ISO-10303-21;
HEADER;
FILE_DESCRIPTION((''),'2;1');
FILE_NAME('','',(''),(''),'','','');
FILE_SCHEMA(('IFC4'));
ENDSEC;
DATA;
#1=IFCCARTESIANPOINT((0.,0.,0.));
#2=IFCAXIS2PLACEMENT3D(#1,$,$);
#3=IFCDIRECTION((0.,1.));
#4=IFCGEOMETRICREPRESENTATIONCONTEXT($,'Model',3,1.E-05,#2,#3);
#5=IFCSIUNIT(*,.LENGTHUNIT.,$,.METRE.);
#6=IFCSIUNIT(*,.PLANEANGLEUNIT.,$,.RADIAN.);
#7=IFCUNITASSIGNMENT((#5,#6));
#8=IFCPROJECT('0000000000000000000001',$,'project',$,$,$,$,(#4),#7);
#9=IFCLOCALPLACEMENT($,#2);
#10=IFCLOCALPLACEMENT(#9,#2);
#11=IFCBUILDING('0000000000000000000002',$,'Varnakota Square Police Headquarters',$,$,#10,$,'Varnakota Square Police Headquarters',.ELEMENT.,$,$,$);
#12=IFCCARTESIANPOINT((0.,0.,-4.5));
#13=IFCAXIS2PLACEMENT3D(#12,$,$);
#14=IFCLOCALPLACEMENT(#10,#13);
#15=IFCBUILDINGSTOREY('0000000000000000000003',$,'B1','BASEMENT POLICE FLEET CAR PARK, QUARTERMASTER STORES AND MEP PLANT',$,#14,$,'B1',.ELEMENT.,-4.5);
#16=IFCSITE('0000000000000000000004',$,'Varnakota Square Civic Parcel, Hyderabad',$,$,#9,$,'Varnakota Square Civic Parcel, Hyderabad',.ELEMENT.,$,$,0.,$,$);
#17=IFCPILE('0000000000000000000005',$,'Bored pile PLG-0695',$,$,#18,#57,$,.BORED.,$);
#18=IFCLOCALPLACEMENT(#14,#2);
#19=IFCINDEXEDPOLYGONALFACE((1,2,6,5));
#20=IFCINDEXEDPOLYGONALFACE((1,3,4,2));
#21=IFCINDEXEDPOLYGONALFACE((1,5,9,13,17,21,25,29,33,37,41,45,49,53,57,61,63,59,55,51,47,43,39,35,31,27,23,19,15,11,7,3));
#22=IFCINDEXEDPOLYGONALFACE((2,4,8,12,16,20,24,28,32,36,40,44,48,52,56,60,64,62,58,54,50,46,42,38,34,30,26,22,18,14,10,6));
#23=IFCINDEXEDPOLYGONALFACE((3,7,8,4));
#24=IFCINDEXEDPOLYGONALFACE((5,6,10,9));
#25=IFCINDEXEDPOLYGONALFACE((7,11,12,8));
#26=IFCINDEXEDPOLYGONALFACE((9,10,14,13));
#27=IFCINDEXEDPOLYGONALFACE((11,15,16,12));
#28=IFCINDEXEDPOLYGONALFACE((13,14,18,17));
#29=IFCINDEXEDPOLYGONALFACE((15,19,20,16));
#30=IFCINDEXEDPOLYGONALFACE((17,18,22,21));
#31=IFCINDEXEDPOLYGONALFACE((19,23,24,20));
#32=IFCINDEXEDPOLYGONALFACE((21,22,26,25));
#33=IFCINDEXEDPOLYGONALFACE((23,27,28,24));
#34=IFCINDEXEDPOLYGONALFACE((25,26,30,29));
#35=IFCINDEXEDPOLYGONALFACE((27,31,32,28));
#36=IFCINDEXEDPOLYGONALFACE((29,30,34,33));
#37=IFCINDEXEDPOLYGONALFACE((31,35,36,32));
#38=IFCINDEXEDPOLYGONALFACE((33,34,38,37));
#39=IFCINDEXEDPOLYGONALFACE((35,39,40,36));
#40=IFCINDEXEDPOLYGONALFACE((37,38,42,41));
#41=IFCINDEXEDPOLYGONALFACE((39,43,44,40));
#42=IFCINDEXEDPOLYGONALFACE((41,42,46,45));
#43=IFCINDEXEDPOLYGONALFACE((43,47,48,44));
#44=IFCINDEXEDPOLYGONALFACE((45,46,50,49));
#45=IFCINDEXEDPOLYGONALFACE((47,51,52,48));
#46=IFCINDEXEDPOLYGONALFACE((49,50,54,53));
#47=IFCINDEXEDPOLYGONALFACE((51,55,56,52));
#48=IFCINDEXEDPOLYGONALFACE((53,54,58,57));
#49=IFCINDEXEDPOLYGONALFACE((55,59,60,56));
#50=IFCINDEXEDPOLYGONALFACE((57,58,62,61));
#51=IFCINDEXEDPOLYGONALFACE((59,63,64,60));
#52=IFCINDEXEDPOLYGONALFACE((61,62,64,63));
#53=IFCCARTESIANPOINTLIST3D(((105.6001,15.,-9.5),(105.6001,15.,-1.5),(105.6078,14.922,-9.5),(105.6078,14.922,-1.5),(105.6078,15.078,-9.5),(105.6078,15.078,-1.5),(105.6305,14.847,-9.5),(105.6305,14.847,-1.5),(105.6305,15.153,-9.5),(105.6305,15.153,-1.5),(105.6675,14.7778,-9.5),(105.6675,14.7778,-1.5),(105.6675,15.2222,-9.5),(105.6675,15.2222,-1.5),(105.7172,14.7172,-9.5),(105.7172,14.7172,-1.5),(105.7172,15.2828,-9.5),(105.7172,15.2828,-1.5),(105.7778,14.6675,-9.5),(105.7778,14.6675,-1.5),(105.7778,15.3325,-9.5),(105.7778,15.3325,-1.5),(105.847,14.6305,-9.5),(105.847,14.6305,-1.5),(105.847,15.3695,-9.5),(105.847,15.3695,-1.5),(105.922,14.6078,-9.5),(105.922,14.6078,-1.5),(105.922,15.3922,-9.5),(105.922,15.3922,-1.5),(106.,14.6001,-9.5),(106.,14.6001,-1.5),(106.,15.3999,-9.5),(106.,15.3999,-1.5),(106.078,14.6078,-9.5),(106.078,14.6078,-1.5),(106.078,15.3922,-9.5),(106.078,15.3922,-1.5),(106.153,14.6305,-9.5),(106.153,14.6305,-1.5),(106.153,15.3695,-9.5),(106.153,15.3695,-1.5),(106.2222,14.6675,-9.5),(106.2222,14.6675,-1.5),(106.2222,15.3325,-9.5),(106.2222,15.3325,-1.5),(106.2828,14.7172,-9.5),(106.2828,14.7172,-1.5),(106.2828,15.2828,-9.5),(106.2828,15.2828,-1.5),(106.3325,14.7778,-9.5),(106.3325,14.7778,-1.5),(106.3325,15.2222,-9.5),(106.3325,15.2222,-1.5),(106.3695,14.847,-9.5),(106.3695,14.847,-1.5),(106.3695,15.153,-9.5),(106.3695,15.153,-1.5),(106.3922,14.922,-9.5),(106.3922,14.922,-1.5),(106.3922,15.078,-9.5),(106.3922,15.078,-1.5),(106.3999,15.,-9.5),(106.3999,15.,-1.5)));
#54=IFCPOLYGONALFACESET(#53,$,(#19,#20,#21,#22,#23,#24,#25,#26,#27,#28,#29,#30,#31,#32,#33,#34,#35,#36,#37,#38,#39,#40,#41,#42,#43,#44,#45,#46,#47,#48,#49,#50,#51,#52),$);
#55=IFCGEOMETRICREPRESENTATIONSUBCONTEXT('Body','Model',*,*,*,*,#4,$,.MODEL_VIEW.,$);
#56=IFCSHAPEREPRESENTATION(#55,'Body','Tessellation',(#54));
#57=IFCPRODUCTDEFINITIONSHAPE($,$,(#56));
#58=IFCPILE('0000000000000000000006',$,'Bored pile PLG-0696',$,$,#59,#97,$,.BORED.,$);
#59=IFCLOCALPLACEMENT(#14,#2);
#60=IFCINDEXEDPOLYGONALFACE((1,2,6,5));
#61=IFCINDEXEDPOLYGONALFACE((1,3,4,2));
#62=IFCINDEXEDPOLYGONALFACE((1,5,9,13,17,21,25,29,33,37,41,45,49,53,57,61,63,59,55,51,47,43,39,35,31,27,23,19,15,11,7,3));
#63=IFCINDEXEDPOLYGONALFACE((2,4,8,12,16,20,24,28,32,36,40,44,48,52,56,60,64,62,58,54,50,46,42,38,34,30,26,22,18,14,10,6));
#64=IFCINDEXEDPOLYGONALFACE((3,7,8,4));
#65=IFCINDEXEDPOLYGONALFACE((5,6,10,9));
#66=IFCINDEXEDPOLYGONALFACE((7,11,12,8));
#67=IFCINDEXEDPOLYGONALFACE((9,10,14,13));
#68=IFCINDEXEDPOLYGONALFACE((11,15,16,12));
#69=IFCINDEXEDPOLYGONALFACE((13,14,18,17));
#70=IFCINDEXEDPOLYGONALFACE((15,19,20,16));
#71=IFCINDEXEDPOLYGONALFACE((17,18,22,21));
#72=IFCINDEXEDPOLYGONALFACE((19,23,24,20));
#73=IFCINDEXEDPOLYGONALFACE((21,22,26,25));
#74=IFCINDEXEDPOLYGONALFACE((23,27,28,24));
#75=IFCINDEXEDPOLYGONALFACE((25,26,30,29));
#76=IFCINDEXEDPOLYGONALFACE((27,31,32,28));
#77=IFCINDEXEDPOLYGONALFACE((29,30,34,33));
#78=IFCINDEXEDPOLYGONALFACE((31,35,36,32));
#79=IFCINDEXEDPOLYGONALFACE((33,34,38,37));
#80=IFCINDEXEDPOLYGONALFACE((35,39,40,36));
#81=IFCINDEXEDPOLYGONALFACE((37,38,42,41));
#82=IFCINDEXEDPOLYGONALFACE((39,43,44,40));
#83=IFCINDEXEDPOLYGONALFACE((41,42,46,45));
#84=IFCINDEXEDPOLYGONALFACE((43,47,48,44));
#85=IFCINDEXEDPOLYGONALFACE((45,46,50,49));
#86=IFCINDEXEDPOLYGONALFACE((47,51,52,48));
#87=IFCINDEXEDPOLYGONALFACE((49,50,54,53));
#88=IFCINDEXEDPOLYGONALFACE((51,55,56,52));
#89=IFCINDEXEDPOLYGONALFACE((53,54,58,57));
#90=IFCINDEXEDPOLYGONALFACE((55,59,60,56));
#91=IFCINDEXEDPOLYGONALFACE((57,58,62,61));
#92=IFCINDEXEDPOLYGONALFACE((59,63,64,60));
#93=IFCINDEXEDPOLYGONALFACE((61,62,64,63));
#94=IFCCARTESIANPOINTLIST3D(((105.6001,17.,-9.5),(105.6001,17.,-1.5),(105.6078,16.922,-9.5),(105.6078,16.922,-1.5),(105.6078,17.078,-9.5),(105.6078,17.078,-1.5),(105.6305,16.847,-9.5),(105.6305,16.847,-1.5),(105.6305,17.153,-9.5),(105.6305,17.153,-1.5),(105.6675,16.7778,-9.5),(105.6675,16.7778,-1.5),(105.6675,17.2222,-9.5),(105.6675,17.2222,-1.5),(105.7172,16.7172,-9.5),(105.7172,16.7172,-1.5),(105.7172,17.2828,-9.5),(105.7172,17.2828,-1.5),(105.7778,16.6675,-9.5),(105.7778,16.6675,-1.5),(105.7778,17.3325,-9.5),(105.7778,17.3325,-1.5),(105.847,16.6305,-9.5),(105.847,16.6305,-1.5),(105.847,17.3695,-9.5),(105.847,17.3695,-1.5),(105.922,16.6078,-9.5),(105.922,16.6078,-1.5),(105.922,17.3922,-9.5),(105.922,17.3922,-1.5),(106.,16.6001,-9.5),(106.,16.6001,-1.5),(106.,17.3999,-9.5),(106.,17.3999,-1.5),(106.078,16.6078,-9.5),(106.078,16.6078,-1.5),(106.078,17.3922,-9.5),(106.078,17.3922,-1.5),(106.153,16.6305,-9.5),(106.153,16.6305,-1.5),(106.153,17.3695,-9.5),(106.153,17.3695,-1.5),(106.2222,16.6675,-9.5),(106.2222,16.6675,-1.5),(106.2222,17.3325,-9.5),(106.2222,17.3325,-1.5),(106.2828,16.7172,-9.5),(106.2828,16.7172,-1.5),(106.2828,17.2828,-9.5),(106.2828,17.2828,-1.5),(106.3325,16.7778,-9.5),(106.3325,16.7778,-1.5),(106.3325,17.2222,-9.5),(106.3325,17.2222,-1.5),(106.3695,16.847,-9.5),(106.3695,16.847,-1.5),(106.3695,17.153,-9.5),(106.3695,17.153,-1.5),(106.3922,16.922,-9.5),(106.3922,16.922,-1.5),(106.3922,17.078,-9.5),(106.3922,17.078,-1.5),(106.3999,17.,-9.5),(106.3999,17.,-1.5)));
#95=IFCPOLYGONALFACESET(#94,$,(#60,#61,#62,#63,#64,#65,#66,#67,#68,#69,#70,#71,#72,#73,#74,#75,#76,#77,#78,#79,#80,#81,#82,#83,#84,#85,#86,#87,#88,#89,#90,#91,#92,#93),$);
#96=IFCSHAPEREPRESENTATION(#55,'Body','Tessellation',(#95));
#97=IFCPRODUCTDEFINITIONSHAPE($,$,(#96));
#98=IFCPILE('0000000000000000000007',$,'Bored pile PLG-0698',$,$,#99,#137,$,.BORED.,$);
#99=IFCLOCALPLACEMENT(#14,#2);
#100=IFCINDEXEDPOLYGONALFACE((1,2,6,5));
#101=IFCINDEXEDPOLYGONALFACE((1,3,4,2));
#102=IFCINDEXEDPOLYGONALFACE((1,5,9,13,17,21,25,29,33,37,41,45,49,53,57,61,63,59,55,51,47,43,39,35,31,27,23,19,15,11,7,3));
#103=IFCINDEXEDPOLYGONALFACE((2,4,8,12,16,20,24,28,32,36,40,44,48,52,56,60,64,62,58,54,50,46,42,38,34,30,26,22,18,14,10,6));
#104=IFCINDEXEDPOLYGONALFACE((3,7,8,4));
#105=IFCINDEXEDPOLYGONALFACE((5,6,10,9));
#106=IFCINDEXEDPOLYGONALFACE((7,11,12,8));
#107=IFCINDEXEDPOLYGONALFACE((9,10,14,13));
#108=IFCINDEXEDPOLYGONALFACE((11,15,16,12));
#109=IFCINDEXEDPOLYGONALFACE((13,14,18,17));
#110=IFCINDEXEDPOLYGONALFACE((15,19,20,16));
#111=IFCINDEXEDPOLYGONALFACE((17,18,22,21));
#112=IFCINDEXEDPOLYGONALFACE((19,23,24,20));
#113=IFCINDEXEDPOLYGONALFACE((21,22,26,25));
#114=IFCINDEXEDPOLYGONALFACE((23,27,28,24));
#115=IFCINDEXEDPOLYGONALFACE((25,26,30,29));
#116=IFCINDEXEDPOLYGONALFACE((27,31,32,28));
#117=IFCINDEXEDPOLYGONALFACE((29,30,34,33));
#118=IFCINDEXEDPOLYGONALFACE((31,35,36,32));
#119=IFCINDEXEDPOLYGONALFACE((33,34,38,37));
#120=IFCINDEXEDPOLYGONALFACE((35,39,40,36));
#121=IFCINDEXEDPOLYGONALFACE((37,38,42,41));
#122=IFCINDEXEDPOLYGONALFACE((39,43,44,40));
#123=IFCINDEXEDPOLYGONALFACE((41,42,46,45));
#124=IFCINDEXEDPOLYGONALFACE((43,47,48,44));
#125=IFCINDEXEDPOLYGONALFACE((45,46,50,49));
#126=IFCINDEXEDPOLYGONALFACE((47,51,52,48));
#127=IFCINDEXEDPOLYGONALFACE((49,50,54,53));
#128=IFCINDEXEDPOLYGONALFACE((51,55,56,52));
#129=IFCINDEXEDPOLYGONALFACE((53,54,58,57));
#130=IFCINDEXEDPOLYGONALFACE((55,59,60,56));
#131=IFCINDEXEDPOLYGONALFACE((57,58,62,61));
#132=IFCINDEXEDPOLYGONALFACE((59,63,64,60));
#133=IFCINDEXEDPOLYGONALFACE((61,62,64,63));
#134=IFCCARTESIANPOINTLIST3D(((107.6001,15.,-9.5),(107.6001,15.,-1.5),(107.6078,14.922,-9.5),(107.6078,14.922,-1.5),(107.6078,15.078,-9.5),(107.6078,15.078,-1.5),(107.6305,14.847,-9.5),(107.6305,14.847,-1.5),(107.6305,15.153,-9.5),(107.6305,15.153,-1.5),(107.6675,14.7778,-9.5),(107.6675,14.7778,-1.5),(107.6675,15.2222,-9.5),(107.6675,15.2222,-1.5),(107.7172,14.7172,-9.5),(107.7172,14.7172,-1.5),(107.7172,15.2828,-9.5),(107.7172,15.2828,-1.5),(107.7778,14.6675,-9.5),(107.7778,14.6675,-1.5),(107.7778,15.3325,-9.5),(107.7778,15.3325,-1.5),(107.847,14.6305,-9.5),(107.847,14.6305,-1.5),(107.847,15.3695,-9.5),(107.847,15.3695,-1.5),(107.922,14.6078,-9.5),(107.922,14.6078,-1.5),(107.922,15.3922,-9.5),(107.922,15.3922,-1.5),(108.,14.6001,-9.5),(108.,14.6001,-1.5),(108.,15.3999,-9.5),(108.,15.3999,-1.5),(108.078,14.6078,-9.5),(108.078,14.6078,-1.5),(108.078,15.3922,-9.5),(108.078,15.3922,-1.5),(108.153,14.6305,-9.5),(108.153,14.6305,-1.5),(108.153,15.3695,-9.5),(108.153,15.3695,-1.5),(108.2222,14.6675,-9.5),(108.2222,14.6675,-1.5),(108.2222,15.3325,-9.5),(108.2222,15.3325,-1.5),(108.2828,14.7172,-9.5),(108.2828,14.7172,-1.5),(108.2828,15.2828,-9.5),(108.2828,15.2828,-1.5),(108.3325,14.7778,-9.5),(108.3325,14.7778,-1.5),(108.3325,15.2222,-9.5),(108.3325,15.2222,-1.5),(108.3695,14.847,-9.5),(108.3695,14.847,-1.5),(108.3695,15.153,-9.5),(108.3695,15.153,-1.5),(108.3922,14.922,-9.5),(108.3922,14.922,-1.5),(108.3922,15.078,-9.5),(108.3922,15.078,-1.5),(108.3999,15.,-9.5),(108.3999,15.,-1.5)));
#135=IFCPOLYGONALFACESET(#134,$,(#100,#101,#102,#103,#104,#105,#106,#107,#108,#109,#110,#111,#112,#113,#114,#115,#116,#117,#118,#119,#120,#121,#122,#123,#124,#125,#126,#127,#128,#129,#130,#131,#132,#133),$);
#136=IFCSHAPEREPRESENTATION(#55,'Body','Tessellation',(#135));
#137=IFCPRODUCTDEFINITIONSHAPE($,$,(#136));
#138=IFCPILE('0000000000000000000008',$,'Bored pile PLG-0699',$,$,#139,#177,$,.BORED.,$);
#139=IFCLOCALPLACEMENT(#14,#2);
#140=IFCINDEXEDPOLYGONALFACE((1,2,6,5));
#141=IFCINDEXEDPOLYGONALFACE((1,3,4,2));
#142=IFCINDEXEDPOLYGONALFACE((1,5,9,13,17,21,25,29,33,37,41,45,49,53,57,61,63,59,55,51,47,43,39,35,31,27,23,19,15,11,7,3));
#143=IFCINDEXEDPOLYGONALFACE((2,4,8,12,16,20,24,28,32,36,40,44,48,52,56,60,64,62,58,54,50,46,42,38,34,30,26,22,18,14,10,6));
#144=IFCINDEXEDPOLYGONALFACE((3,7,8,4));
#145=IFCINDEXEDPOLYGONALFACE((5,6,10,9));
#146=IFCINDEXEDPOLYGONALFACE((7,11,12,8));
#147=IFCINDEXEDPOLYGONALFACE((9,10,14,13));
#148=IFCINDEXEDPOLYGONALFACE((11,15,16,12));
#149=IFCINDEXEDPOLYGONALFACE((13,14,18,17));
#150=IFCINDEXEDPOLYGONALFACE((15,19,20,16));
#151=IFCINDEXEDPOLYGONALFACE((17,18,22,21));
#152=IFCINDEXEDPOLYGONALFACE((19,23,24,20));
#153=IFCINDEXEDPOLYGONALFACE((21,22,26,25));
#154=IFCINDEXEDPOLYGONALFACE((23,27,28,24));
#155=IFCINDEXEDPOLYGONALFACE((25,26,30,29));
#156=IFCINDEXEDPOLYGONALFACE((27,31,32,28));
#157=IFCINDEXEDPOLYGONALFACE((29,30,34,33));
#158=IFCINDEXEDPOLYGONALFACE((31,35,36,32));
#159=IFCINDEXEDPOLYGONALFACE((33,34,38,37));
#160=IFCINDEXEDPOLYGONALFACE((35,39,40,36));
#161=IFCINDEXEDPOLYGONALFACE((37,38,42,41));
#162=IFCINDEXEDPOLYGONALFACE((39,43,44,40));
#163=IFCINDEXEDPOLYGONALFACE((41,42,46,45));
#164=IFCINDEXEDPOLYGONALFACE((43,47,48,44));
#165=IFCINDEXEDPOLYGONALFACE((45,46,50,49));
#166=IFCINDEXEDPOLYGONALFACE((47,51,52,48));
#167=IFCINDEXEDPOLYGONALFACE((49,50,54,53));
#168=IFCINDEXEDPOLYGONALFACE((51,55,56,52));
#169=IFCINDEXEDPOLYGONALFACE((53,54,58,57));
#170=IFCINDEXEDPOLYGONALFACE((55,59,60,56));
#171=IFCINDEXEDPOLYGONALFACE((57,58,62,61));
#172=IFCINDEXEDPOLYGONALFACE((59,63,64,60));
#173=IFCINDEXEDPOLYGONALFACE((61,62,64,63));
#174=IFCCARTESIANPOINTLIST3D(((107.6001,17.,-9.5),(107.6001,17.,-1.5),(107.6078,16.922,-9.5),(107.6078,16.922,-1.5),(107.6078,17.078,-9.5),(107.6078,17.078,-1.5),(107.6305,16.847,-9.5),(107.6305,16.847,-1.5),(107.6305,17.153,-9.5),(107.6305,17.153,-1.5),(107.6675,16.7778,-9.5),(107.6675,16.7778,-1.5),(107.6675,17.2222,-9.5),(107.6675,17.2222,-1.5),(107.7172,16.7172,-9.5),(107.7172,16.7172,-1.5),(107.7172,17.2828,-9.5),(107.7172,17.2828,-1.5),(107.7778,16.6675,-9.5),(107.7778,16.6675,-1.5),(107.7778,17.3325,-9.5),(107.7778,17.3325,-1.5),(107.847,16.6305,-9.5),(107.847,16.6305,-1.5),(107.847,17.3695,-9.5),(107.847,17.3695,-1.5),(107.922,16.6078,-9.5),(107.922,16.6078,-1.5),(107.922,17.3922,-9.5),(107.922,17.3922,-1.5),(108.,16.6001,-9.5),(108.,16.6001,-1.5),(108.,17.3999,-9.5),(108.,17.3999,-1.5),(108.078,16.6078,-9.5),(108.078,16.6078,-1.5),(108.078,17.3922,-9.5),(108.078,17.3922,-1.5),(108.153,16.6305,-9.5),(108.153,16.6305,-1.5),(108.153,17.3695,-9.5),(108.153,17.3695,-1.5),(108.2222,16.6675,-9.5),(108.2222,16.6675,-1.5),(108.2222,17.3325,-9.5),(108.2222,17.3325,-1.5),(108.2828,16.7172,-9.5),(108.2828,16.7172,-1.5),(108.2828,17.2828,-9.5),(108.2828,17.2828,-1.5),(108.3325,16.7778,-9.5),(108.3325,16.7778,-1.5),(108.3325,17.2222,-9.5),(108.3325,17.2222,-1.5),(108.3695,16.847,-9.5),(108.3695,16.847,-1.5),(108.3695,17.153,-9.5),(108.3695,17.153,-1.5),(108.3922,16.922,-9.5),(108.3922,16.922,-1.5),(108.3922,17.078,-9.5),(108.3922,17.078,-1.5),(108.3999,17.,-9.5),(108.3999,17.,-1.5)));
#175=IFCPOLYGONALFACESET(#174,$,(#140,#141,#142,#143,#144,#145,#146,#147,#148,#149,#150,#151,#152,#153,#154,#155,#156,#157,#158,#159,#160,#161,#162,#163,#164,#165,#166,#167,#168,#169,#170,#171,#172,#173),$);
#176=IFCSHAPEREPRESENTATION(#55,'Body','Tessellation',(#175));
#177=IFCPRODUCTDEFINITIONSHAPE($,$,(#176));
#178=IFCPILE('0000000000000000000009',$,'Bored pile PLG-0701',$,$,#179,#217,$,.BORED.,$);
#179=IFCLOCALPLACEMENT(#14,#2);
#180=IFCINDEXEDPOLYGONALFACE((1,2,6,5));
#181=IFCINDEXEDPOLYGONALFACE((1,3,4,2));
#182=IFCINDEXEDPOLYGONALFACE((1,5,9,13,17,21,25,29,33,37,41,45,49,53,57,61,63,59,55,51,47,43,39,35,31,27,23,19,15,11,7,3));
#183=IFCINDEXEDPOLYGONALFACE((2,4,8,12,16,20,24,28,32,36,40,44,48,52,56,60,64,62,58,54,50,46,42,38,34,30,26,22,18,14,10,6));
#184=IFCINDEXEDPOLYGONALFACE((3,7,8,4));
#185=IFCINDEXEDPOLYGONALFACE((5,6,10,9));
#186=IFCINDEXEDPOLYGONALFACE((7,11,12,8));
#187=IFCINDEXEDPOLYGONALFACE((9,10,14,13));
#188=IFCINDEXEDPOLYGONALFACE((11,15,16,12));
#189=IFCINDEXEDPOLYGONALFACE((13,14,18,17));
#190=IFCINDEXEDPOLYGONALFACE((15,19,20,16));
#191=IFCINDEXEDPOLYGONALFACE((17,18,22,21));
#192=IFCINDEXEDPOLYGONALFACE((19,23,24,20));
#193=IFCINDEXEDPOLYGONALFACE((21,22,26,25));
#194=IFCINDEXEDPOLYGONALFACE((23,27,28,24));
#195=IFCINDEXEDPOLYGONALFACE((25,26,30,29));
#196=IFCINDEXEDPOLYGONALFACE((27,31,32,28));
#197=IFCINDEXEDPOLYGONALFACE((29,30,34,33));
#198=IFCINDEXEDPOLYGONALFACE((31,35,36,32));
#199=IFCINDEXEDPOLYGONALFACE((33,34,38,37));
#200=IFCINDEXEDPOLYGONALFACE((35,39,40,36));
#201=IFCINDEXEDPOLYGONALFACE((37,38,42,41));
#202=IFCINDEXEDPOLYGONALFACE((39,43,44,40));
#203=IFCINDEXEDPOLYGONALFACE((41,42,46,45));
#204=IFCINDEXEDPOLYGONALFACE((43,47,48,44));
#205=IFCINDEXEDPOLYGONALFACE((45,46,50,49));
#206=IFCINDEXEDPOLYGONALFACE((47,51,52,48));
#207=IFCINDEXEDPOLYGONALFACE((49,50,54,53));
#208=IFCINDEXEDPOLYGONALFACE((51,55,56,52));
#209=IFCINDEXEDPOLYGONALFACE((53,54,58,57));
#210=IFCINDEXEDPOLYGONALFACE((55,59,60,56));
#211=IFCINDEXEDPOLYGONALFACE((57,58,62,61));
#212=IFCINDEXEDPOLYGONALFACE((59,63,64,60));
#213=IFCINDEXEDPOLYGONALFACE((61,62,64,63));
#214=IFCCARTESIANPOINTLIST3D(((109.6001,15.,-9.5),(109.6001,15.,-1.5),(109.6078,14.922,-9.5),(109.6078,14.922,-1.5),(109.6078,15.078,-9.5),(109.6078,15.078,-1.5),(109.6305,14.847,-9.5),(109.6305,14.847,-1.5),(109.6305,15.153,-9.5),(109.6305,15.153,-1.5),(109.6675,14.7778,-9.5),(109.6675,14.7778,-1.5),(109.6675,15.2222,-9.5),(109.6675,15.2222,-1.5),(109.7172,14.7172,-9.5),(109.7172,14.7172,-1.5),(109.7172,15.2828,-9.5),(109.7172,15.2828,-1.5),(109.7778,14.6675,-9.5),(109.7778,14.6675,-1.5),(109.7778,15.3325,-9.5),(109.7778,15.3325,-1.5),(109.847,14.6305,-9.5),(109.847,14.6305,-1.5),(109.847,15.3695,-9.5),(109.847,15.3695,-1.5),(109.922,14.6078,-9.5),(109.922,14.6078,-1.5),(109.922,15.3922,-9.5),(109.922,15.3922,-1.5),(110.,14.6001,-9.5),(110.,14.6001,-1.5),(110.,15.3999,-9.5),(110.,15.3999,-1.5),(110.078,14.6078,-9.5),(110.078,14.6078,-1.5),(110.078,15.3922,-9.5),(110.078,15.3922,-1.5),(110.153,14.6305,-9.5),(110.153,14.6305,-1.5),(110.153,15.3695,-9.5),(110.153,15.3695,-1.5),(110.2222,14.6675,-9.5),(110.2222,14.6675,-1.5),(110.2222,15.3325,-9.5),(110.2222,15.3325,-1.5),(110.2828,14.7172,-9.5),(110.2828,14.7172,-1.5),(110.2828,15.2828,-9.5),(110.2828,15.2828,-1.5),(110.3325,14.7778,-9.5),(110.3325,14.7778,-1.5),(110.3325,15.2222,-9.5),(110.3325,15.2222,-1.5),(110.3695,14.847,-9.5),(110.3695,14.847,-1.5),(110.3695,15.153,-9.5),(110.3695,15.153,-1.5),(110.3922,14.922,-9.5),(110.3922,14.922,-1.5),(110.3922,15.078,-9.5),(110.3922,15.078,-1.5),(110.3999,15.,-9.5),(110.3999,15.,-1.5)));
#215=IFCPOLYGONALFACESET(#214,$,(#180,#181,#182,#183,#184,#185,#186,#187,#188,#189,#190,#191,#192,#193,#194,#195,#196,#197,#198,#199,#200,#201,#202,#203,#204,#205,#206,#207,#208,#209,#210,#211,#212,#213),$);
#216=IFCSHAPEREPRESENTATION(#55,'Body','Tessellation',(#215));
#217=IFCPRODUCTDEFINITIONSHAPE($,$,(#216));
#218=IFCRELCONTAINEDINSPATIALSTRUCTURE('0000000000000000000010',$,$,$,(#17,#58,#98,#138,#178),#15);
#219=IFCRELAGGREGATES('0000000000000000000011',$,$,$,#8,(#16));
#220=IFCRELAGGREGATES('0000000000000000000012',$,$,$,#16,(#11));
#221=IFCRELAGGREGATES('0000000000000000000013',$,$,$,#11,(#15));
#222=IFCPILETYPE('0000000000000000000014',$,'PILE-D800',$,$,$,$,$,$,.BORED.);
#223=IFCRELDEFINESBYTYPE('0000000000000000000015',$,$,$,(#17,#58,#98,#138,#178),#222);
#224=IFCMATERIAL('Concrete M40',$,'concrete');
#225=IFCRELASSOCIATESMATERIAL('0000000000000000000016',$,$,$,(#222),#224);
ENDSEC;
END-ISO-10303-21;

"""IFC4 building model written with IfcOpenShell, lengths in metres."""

from ifc_helpers import new_model, si_unit, direction, frame, origin, origin_2d, place, context, subcontext, project, spatial, circle, extrude, material, material_profile, profile_set, type_object, element, save


model = new_model("IFC4")

# Units and contexts
model_context = context("Model", 3, precision=1e-05, world=origin(), true_north=direction((0.0, 1.0)))
body_context = subcontext(model_context, "Body", "Model", "MODEL_VIEW")
ifc_project = project(units=[si_unit("LENGTHUNIT", "METRE"), si_unit("PLANEANGLEUNIT", "RADIAN")], contexts=[model_context])

# Site, building, storey
site_placement = place(None, origin())
site = spatial("IfcSite", under=ifc_project, at=site_placement, Name="Varnakota Square Civic Parcel, Hyderabad", LongName="Varnakota Square Civic Parcel, Hyderabad", CompositionType="ELEMENT", RefElevation=0.0)
building_placement = place(site_placement, origin())
building = spatial("IfcBuilding", under=site, at=building_placement, Name="Varnakota Square Police Headquarters", LongName="Varnakota Square Police Headquarters", CompositionType="ELEMENT")
storey_placement = place(building_placement, frame((0.0, 0.0, -4.5)))
storey = spatial("IfcBuildingStorey", under=building, at=storey_placement, Name="B1", Description="BASEMENT POLICE FLEET CAR PARK, QUARTERMASTER STORES AND MEP PLANT", LongName="B1", CompositionType="ELEMENT", Elevation=-4.5)

# Piles
ifc_material_1 = material(Name="Concrete M40", Category="concrete")
ifc_material_profile_1 = material_profile(ifc_material_1, circle(Radius=0.3999, at=origin_2d()), Name="BORED PILE 800")
ifc_profile_set_1 = profile_set([ifc_material_profile_1], Name="Concrete M40")
pile_type = type_object("IfcPileType", Name="PILE-D800", PredefinedType="BORED", material=ifc_profile_set_1)
for number, where, z_axis, x_axis, name in (
    (1, (106.0, 15.0, -1.5), (0.0, 0.0, -1.0), (1.0, 0.0, 0.0), "Bored pile PLG-0695"),
    (2, (106.0, 17.0, -1.5), (0.0, 0.0, -1.0), (1.0, 0.0, 0.0), "Bored pile PLG-0696"),
    (3, (108.0, 15.0, -1.5), (0.0, 0.0, -1.0), (1.0, 0.0, 0.0), "Bored pile PLG-0698"),
    (4, (108.0, 17.0, -1.5), (0.0, 0.0, -1.0), (1.0, 0.0, 0.0), "Bored pile PLG-0699"),
    (5, (110.0, 15.0, -1.5), (0.0, 0.0, -1.0), (1.0, 0.0, 0.0), "Bored pile PLG-0701"),
):
    element("IfcPile", number, at=place(storey_placement, frame(where, z_axis=z_axis, x_axis=x_axis)), inside=storey, type_object=pile_type, Name=name, PredefinedType="BORED", context=body_context, shape_type="SweptSolid", body=[
        extrude(circle(Radius=0.3999, at=origin_2d()), origin(), (0.0, 0.0, 1.0), 8.0),
    ])

save(model, "model.ifc")
